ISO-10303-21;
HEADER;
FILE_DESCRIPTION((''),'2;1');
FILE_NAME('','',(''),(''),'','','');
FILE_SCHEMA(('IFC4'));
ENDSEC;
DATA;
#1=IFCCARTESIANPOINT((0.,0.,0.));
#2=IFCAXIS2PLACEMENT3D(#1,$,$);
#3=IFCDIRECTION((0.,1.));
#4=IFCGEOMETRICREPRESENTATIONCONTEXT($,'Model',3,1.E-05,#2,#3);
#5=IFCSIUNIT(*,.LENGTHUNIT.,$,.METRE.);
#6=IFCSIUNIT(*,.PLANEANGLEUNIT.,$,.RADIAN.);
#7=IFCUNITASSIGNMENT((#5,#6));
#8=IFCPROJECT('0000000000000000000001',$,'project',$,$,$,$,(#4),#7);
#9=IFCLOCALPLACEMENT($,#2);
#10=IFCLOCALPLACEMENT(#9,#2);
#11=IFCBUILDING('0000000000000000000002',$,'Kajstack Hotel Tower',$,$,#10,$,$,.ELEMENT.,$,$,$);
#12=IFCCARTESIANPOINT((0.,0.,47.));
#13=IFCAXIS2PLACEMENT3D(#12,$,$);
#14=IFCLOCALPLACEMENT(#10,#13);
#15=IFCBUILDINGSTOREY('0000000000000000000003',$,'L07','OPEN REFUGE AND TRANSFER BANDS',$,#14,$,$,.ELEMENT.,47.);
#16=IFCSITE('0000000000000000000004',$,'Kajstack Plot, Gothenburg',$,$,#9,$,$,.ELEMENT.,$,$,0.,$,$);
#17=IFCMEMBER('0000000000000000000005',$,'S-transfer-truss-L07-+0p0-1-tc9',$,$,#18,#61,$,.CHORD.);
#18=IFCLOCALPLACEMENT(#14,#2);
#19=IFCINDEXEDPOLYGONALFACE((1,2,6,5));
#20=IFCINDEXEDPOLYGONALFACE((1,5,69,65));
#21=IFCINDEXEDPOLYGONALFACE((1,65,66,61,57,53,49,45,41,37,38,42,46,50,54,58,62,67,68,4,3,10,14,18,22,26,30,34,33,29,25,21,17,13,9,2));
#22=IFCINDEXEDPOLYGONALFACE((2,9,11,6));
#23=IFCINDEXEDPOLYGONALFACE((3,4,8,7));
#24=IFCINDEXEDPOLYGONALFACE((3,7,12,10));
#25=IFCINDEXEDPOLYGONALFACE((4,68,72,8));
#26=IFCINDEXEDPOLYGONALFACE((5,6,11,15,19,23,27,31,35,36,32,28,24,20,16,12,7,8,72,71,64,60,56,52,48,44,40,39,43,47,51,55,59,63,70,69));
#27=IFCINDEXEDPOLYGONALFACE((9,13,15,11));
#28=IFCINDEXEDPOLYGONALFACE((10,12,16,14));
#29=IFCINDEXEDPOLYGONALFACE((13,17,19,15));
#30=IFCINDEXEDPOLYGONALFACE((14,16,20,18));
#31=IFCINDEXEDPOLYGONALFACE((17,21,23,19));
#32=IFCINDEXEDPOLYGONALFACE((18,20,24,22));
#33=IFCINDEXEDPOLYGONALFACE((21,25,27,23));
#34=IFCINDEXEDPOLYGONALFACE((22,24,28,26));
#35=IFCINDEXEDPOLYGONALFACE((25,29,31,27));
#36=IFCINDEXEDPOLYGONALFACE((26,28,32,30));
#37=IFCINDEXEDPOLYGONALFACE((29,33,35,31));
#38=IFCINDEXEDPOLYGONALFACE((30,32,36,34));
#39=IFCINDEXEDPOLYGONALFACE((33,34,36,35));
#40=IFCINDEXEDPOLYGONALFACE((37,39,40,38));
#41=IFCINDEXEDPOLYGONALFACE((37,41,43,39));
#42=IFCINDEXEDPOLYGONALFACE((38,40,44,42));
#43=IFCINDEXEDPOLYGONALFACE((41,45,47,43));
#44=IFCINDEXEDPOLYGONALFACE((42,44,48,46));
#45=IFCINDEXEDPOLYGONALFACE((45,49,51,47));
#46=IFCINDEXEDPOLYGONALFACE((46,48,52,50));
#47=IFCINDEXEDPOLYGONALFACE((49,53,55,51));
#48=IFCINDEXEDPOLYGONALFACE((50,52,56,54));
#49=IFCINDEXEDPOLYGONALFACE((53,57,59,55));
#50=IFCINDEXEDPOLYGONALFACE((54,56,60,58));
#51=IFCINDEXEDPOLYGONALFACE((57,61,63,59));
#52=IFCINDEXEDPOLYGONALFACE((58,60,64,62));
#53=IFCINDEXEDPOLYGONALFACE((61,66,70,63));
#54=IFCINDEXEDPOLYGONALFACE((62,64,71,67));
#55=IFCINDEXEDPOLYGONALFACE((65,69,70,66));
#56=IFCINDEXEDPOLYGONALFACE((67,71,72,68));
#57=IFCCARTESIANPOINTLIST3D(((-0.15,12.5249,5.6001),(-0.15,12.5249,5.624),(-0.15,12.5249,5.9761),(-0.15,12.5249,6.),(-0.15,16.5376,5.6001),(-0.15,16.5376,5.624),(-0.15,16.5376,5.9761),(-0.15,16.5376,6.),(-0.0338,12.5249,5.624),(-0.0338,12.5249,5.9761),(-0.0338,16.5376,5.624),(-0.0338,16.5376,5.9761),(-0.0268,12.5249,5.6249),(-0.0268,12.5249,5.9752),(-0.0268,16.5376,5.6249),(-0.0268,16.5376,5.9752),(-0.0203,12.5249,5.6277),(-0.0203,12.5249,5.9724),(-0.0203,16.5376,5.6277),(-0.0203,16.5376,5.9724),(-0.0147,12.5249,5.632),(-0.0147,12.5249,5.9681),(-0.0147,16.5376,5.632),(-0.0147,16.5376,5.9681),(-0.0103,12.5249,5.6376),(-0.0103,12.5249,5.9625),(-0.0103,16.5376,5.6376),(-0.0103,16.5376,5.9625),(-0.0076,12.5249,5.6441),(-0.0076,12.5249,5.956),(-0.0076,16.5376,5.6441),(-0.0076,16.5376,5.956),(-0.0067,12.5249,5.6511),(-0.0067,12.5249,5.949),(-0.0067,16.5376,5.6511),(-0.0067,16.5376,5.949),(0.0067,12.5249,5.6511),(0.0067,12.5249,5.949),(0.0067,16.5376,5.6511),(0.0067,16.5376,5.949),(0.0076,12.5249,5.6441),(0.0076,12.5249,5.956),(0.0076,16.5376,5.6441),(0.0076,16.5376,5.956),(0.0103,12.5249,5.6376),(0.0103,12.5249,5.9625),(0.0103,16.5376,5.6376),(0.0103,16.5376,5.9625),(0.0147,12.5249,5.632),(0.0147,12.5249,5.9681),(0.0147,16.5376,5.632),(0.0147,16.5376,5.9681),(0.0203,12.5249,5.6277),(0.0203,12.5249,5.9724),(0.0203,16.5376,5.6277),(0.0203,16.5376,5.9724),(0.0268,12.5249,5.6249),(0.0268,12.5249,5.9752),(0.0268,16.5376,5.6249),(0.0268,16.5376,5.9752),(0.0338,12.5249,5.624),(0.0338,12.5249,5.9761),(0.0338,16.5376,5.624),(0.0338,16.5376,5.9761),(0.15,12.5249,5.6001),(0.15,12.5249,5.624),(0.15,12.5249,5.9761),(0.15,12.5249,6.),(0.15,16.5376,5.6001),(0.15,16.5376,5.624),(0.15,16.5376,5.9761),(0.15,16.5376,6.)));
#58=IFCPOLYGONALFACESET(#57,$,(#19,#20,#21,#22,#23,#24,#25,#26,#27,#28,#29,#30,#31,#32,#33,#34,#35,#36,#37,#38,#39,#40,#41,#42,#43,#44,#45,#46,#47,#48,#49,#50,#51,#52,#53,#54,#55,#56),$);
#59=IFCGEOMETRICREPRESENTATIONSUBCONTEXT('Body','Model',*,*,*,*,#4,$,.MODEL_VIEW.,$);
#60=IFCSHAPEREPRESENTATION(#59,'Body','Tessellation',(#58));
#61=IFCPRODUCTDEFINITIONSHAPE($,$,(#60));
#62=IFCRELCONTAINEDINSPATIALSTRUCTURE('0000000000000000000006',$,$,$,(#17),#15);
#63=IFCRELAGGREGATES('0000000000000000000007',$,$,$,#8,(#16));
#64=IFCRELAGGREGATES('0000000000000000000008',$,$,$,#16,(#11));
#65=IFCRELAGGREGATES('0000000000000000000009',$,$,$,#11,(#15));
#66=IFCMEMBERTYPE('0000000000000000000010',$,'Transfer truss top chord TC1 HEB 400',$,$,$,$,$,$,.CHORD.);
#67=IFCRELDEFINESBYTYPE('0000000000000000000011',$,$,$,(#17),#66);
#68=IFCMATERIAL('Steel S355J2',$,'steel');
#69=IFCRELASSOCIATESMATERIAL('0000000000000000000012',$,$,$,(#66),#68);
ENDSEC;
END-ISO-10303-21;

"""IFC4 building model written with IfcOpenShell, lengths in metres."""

from ifc_helpers import new_model, si_unit, direction, frame, origin, origin_2d, place, context, subcontext, project, spatial, i_section, extrude, material, material_profile, profile_set, type_object, element, save


model = new_model("IFC4")

# Units and contexts
model_context = context("Model", 3, precision=1e-05, world=origin(), true_north=direction((0.0, 1.0)))
body_context = subcontext(model_context, "Body", "Model", "MODEL_VIEW")
ifc_project = project(units=[si_unit("LENGTHUNIT", "METRE"), si_unit("PLANEANGLEUNIT", "RADIAN")], contexts=[model_context])

# Site, building, storey
site_placement = place(None, origin())
site = spatial("IfcSite", under=ifc_project, at=site_placement, Name="Kajstack Plot, Gothenburg", CompositionType="ELEMENT", RefElevation=0.0)
building_placement = place(site_placement, origin())
building = spatial("IfcBuilding", under=site, at=building_placement, Name="Kajstack Hotel Tower", CompositionType="ELEMENT")
storey_placement = place(building_placement, frame((0.0, 0.0, 47.0)))
storey = spatial("IfcBuildingStorey", under=building, at=storey_placement, Name="L07", Description="OPEN REFUGE AND TRANSFER BANDS", CompositionType="ELEMENT", Elevation=47.0)

# Member
ifc_material = material(Name="Steel S355J2", Category="steel")
ifc_material_profile_1 = material_profile(ifc_material, i_section(OverallWidth=0.3, OverallDepth=0.3999, WebThickness=0.0134, FlangeThickness=0.0239, FilletRadius=0.0271, at=origin_2d()), Name="HEB 400")
ifc_profile_set_1 = profile_set([ifc_material_profile_1], Name="Steel S355J2")
member_type_1 = type_object("IfcMemberType", Name="Transfer truss top chord TC1 HEB 400", PredefinedType="CHORD", material=ifc_profile_set_1)
member_1_placement = place(storey_placement, frame((0.0, 12.5249, 5.8), z_axis=(0.0, 1.0, 0.0), x_axis=(-1.0, 0.0, 0.0)))
element("IfcMember", 1, at=member_1_placement, inside=storey, type_object=member_type_1, Name="S-transfer-truss-L07-+0p0-1-tc9", PredefinedType="CHORD", context=body_context, shape_type="SweptSolid", body=[
    extrude(i_section(OverallWidth=0.3, OverallDepth=0.3999, WebThickness=0.0134, FlangeThickness=0.0239, FilletRadius=0.0271, at=origin_2d()), origin(), (0.0, 0.0, 1.0), 4.0127),
])

save(model, "model.ifc")
